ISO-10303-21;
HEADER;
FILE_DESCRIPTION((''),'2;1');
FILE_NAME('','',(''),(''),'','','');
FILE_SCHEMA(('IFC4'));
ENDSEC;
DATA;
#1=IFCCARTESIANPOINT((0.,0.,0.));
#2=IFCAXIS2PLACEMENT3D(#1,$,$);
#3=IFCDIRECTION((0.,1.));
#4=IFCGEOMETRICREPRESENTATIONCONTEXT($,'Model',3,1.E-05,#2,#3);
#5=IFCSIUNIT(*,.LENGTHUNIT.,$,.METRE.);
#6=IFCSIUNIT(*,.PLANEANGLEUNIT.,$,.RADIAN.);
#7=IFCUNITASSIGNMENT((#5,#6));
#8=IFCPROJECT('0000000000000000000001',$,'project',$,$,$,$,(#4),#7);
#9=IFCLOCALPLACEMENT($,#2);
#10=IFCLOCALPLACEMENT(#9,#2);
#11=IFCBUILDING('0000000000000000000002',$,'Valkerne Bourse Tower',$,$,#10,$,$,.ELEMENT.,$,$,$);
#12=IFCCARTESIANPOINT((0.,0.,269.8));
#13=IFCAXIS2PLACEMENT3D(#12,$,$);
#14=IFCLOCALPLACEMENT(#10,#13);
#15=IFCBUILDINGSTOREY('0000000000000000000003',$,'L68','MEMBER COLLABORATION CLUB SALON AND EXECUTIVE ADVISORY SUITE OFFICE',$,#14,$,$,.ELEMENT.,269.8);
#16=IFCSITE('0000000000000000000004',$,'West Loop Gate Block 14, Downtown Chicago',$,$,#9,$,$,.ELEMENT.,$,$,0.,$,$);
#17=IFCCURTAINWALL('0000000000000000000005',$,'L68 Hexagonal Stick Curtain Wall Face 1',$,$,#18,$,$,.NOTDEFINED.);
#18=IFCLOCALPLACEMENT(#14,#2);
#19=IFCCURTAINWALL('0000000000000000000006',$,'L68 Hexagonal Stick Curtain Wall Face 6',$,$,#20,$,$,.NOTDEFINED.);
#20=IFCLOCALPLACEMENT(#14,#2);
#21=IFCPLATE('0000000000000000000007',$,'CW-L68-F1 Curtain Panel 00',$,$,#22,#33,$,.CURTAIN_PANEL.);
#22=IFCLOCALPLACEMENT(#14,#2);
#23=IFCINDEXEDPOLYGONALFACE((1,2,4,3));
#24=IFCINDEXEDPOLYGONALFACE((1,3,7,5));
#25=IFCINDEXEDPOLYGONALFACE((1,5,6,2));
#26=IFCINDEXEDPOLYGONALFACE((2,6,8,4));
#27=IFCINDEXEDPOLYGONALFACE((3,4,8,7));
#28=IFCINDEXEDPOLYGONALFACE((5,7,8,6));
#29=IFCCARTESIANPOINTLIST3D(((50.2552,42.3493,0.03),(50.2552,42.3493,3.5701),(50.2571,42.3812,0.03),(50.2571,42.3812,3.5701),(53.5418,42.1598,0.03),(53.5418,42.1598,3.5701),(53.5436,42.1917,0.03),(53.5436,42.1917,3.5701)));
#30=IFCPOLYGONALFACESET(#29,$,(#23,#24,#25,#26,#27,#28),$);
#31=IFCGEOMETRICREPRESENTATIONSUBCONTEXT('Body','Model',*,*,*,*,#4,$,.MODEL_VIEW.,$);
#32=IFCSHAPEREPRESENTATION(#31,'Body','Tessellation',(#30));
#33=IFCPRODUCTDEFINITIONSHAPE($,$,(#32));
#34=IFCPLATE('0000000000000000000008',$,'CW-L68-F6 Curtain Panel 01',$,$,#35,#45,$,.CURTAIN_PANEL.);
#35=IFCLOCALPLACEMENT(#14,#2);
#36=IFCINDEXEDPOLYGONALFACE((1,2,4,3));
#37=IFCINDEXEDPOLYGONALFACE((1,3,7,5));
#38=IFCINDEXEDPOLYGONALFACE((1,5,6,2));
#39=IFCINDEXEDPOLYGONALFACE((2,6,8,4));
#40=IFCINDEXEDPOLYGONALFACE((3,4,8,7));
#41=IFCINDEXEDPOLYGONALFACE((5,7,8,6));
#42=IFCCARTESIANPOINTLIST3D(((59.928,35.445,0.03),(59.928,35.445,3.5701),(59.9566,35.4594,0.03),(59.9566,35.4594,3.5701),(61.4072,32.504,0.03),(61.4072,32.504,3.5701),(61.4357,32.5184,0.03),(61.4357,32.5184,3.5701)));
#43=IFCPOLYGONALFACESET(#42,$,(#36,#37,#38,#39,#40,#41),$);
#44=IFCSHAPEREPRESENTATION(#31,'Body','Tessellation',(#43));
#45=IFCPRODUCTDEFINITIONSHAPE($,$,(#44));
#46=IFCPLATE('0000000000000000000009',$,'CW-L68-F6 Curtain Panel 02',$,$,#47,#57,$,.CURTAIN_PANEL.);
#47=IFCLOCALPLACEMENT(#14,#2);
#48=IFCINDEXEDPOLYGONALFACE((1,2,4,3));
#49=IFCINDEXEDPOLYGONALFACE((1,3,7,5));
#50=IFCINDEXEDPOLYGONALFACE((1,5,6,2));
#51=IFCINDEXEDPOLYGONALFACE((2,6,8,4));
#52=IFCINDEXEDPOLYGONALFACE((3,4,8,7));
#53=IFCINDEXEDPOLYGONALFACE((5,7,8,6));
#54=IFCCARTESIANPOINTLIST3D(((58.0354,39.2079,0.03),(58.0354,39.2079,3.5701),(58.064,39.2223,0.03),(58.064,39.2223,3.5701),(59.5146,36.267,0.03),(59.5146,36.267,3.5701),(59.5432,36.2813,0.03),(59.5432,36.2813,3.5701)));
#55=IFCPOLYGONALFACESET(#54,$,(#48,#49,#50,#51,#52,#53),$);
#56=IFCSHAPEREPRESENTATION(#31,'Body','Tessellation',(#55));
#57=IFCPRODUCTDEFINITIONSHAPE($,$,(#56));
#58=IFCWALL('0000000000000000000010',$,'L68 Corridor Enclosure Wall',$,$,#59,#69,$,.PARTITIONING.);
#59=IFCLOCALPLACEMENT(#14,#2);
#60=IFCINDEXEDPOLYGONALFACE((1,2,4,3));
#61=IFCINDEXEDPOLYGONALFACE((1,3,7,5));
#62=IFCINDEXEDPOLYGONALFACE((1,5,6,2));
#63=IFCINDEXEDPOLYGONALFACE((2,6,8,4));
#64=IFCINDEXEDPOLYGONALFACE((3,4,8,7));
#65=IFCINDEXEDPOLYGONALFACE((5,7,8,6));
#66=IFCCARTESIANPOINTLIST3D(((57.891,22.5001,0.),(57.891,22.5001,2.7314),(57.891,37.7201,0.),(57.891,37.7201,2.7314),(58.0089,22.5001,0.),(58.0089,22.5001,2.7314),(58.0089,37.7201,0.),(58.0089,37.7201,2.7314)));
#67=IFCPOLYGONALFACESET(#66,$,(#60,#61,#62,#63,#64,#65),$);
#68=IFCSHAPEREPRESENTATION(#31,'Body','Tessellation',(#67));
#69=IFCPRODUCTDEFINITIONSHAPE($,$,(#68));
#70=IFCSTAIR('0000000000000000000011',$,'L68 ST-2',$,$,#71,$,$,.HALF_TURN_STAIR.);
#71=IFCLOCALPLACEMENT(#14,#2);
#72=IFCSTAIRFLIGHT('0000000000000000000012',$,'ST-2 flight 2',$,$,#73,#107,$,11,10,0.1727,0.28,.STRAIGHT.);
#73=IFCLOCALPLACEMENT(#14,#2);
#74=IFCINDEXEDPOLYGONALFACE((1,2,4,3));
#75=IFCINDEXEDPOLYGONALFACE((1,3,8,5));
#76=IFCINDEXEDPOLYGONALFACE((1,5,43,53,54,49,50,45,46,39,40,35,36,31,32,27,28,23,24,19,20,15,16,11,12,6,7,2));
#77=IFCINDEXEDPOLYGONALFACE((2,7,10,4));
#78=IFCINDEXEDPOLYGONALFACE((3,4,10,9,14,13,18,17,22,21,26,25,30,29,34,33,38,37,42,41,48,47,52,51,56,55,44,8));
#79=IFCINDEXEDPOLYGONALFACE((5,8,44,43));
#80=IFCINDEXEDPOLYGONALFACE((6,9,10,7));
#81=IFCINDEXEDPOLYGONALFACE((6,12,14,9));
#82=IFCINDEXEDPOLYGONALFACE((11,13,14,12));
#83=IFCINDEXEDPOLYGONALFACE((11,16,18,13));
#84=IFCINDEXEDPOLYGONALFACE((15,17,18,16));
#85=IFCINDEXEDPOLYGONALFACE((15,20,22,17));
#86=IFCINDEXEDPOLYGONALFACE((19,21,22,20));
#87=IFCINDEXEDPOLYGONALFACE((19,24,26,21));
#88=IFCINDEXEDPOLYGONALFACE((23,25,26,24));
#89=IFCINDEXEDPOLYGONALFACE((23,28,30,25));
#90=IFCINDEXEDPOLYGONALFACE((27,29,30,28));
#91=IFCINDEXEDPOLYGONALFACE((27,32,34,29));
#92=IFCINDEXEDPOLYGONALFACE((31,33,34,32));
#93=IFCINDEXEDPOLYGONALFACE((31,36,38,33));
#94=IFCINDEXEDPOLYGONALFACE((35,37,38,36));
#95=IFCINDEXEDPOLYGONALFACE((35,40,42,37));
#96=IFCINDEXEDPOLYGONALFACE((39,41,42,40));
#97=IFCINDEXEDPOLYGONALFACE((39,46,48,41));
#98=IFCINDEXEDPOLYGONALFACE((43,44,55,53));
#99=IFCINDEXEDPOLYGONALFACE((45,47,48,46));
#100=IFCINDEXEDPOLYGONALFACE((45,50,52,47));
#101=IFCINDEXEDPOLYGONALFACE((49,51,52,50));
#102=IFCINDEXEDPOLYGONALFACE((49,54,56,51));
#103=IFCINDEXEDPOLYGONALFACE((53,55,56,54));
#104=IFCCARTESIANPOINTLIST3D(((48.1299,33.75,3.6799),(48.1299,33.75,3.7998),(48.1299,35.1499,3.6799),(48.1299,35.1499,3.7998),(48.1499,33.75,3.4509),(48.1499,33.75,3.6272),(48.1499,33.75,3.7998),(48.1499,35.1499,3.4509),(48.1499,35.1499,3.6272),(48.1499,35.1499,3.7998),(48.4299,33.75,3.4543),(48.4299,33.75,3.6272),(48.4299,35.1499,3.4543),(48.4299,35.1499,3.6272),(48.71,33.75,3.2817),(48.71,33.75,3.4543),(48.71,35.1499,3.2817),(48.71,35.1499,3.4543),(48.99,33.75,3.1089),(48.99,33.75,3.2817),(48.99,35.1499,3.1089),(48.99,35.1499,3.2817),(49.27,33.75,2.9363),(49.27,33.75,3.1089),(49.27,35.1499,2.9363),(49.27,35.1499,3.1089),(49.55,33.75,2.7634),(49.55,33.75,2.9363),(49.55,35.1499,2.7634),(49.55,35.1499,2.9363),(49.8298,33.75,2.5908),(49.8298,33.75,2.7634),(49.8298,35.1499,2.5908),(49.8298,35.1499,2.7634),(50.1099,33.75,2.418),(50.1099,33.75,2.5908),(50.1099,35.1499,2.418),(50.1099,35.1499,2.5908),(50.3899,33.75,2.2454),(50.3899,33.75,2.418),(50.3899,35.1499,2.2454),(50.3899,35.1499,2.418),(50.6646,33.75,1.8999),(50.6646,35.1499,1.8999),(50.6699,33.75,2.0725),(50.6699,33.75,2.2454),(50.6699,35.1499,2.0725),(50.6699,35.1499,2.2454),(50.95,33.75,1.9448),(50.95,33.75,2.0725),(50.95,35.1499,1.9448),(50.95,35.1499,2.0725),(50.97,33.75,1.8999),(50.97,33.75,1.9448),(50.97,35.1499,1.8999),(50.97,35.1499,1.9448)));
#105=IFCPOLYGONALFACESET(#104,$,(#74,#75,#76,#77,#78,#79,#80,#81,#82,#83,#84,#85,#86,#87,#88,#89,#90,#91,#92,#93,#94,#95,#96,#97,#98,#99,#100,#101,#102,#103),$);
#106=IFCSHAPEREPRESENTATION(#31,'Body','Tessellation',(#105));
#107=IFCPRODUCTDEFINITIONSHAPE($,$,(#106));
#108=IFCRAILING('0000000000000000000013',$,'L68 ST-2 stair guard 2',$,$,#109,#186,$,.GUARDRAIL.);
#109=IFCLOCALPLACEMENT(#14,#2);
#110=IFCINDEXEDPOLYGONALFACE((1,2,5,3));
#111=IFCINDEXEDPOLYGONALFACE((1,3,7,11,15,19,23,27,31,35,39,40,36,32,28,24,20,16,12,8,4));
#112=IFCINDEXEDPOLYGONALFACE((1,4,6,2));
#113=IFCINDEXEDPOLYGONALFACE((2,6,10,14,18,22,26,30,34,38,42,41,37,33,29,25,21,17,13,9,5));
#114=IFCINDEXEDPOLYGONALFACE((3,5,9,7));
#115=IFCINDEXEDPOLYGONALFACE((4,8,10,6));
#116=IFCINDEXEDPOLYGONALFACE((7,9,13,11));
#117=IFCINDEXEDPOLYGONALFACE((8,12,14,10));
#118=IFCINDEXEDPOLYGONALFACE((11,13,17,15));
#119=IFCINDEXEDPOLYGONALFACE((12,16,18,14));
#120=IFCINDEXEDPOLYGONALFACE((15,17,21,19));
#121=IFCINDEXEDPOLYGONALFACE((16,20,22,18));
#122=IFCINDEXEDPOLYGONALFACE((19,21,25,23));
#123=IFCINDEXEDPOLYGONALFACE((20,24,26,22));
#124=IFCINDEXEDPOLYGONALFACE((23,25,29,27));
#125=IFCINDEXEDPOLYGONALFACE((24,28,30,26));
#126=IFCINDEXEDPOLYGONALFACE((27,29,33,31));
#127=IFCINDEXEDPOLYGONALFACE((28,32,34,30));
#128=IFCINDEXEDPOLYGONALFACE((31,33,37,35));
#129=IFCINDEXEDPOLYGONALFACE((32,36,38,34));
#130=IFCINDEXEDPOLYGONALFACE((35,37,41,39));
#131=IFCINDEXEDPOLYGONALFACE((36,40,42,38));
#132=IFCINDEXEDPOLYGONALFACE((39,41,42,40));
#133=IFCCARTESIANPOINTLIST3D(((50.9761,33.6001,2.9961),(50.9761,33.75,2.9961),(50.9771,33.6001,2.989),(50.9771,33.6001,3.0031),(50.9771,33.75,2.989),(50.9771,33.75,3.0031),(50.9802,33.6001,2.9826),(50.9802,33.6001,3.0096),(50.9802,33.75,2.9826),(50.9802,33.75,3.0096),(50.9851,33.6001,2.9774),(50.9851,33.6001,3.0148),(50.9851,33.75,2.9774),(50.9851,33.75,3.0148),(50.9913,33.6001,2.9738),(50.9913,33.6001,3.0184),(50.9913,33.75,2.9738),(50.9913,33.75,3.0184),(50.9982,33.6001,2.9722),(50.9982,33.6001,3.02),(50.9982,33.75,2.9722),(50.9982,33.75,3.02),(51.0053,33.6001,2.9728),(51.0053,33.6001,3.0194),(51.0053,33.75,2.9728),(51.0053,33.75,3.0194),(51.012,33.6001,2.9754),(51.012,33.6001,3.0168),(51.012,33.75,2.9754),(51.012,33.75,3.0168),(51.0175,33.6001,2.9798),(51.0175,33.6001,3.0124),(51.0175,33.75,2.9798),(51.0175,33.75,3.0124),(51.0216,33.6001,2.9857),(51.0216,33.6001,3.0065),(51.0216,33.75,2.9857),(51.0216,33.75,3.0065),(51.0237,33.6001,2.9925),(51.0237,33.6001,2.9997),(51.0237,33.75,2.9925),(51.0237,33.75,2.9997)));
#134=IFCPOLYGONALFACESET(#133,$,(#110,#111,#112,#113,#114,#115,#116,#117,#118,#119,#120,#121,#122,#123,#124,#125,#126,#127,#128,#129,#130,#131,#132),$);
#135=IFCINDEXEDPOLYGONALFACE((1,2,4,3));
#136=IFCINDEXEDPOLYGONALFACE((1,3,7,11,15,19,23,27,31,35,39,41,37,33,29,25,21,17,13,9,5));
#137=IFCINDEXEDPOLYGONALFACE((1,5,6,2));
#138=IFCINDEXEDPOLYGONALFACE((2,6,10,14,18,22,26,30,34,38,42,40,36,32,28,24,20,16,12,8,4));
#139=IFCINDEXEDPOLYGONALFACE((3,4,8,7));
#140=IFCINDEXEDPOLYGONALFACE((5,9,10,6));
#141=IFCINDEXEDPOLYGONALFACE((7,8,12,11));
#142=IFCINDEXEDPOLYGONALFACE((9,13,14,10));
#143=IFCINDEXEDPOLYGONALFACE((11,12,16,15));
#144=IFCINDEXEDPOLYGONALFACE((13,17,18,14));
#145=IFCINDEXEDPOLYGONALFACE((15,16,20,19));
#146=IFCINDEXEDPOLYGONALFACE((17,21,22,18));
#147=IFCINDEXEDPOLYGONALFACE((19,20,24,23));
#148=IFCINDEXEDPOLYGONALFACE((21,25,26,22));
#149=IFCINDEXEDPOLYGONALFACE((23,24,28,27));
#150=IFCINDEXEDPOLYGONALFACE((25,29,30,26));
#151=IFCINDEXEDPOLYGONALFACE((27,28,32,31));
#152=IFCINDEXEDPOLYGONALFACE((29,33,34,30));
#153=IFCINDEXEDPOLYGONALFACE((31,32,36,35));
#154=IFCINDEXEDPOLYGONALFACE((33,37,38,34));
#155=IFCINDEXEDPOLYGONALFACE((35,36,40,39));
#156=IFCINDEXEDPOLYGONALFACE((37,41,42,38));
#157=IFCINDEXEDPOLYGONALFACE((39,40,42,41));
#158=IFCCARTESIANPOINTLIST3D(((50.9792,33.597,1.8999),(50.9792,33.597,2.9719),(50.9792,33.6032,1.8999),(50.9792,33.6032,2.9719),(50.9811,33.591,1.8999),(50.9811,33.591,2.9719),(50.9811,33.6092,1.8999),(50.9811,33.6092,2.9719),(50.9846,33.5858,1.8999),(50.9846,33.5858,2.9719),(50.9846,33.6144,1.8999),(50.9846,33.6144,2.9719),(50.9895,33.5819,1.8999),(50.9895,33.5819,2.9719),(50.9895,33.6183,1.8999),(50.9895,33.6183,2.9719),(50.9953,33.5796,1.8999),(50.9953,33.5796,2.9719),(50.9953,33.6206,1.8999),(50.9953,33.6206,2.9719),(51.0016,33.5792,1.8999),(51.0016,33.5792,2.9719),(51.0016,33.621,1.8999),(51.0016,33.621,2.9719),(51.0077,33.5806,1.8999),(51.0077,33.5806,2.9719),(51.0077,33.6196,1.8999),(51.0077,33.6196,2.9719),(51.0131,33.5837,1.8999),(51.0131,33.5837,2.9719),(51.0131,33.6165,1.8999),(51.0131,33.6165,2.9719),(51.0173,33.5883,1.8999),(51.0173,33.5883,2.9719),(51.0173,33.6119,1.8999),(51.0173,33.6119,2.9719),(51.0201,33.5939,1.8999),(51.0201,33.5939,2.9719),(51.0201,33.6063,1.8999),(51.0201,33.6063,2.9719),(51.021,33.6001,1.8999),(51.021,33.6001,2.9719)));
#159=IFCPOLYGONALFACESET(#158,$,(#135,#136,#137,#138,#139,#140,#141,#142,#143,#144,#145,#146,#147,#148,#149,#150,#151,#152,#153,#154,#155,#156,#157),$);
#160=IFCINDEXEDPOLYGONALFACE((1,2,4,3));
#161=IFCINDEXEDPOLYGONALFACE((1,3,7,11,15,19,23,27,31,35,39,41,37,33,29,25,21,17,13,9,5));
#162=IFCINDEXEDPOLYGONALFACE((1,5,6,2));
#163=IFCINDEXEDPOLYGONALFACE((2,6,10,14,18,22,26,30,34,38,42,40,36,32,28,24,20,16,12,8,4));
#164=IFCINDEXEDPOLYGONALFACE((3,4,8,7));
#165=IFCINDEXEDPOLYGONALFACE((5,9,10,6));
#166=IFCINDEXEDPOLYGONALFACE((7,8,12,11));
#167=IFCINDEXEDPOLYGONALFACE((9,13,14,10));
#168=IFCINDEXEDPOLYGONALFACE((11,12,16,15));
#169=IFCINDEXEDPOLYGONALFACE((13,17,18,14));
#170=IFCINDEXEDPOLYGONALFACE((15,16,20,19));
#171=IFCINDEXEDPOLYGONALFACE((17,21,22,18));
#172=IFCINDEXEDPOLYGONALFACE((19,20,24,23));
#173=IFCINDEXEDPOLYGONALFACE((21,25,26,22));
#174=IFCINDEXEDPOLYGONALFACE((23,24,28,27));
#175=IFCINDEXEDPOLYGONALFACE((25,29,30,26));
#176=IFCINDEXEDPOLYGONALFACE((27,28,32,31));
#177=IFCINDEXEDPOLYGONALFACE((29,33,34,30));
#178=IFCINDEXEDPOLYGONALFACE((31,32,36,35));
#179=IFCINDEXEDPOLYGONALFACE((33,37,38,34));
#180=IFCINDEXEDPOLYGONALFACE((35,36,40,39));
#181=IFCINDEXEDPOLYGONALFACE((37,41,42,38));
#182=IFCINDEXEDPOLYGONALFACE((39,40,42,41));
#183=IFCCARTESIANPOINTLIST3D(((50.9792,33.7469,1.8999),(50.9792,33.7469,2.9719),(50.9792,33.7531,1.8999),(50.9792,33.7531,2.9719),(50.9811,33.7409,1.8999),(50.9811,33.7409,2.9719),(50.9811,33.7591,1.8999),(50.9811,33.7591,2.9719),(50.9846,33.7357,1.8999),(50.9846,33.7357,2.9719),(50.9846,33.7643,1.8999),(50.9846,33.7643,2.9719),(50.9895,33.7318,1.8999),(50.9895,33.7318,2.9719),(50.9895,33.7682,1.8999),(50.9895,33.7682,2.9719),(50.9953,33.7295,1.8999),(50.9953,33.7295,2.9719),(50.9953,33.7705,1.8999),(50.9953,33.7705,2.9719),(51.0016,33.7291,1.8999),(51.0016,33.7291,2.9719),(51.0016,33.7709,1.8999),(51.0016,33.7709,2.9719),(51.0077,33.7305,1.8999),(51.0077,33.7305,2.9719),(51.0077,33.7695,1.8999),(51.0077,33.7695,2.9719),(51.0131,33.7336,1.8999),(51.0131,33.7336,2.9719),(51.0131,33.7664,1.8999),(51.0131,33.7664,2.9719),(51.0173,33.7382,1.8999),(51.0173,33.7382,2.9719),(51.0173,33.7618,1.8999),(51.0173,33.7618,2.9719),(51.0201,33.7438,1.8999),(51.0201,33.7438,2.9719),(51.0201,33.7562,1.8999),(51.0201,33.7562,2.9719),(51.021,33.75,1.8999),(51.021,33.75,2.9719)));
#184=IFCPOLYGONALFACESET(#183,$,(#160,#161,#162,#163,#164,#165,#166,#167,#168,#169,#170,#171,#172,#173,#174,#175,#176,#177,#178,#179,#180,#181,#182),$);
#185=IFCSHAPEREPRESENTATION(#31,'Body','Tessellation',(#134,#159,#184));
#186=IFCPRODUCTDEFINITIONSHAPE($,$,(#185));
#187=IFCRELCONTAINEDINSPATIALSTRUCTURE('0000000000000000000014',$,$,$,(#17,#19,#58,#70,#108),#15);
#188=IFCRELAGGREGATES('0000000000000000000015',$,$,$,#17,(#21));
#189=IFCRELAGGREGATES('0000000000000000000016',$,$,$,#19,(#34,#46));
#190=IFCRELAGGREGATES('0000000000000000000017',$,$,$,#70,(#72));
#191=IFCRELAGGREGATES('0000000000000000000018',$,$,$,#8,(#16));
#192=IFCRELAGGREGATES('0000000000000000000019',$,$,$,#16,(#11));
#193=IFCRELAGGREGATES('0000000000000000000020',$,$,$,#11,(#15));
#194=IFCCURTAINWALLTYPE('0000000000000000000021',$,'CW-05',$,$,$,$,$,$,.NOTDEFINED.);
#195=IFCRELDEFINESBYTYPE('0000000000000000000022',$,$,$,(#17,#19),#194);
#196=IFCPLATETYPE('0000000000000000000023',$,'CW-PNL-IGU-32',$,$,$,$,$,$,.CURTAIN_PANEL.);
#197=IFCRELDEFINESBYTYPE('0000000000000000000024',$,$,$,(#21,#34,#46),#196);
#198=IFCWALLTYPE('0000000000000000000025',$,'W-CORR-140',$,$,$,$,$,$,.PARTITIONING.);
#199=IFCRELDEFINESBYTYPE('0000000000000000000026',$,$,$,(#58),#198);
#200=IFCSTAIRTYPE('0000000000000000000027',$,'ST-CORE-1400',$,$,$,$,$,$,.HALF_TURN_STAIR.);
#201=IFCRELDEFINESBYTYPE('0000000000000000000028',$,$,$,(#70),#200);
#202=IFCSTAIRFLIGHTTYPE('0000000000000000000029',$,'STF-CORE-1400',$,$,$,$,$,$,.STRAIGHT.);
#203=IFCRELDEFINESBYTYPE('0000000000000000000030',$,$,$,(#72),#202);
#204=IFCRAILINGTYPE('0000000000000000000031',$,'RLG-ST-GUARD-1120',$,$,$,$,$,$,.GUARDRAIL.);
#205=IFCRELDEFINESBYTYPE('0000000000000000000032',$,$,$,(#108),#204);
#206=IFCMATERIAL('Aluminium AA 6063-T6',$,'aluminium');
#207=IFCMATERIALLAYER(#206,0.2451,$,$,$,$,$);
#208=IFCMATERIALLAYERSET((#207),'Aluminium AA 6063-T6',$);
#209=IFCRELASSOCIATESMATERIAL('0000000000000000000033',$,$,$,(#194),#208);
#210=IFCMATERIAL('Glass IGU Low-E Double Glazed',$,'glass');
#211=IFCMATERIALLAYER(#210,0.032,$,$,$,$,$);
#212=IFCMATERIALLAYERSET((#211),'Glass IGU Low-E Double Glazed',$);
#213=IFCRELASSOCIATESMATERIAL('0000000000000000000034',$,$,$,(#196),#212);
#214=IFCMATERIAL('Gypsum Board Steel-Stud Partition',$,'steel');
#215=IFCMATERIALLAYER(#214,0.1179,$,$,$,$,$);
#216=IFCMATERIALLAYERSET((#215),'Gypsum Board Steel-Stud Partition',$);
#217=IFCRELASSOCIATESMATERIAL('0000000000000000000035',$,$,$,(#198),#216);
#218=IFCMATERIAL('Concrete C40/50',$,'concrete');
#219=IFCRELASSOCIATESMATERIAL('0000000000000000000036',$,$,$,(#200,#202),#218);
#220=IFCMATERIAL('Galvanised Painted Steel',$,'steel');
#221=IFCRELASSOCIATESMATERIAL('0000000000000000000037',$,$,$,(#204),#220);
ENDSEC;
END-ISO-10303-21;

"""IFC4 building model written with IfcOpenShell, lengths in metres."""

from ifc_helpers import new_model, si_unit, direction, frame, frame_2d, origin, origin_2d, place, context, subcontext, project, spatial, polyline, rectangle, circle, outline, extrude, material, layer, layer_set, type_object, element, aggregate, save


model = new_model("IFC4")

# Units and contexts
model_context = context("Model", 3, precision=1e-05, world=origin(), true_north=direction((0.0, 1.0)))
body_context = subcontext(model_context, "Body", "Model", "MODEL_VIEW")
ifc_project = project(units=[si_unit("LENGTHUNIT", "METRE"), si_unit("PLANEANGLEUNIT", "RADIAN")], contexts=[model_context])

# Site, building, storey
site_placement = place(None, origin())
site = spatial("IfcSite", under=ifc_project, at=site_placement, Name="West Loop Gate Block 14, Downtown Chicago", CompositionType="ELEMENT", RefElevation=0.0)
building_placement = place(site_placement, origin())
building = spatial("IfcBuilding", under=site, at=building_placement, Name="Valkerne Bourse Tower", CompositionType="ELEMENT")
storey_placement = place(building_placement, frame((0.0, 0.0, 269.8)))
storey = spatial("IfcBuildingStorey", under=building, at=storey_placement, Name="L68", Description="MEMBER COLLABORATION CLUB SALON AND EXECUTIVE ADVISORY SUITE OFFICE", CompositionType="ELEMENT", Elevation=269.8)

# Curtain wall
ifc_material_1 = material(Name="Aluminium AA 6063-T6", Category="aluminium")
ifc_layer_1 = layer(ifc_material_1, 0.2451)
ifc_layer_set_1 = layer_set([ifc_layer_1], Name="Aluminium AA 6063-T6")
curtain_wall_type = type_object("IfcCurtainWallType", Name="CW-05", PredefinedType="NOTDEFINED", material=ifc_layer_set_1)
curtain_wall_1_placement = place(storey_placement, origin())
curtain_wall_1 = element("IfcCurtainWall", 1, at=curtain_wall_1_placement, inside=storey, type_object=curtain_wall_type, Name="L68 Hexagonal Stick Curtain Wall Face 1", PredefinedType="NOTDEFINED")

# Curtain wall
curtain_wall_2_placement = place(storey_placement, origin())
curtain_wall_2 = element("IfcCurtainWall", 2, at=curtain_wall_2_placement, inside=storey, type_object=curtain_wall_type, Name="L68 Hexagonal Stick Curtain Wall Face 6", PredefinedType="NOTDEFINED")

# Plates
ifc_material_2 = material(Name="Glass IGU Low-E Double Glazed", Category="glass")
ifc_layer_2 = layer(ifc_material_2, 0.032)
ifc_layer_set_2 = layer_set([ifc_layer_2], Name="Glass IGU Low-E Double Glazed")
plate_type = type_object("IfcPlateType", Name="CW-PNL-IGU-32", PredefinedType="CURTAIN_PANEL", material=ifc_layer_set_2)
plate_1_placement = place(storey_placement, frame((51.8994, 42.2705, 0.03), z_axis=(0.0, 0.0, 1.0), x_axis=(-0.998343, 0.05755, 0.0)))
plate_1 = element("IfcPlate", 3, at=plate_1_placement, type_object=plate_type, Name="CW-L68-F1 Curtain Panel 00", PredefinedType="CURTAIN_PANEL", context=body_context, shape_type="SweptSolid", body=[
    extrude(rectangle(XDim=3.292, YDim=0.032, at=origin_2d()), origin(), (0.0, 0.0, 1.0), 3.54),
])
aggregate(curtain_wall_1, [plate_1])
plate_2_placement = place(storey_placement, frame((60.6819, 33.9817, 0.03), z_axis=(0.0, 0.0, 1.0), x_axis=(-0.449311, 0.893375, 0.0)))
plate_2 = element("IfcPlate", 4, at=plate_2_placement, type_object=plate_type, Name="CW-L68-F6 Curtain Panel 01", PredefinedType="CURTAIN_PANEL", context=body_context, shape_type="SweptSolid", body=[
    extrude(rectangle(XDim=3.292, YDim=0.032, at=origin_2d()), origin(), (0.0, 0.0, 1.0), 3.54),
])
plate_3_placement = place(storey_placement, frame((58.7893, 37.7446, 0.03), z_axis=(0.0, 0.0, 1.0), x_axis=(-0.44933, 0.893366, 0.0)))
plate_3 = element("IfcPlate", 5, at=plate_3_placement, type_object=plate_type, Name="CW-L68-F6 Curtain Panel 02", PredefinedType="CURTAIN_PANEL", context=body_context, shape_type="SweptSolid", body=[
    extrude(rectangle(XDim=3.292, YDim=0.032, at=origin_2d()), origin(), (0.0, 0.0, 1.0), 3.54),
])
aggregate(curtain_wall_2, [plate_2, plate_3])

# Wall
ifc_material_3 = material(Name="Gypsum Board Steel-Stud Partition", Category="steel")
ifc_layer_3 = layer(ifc_material_3, 0.1179)
ifc_layer_set_3 = layer_set([ifc_layer_3], Name="Gypsum Board Steel-Stud Partition")
wall_type = type_object("IfcWallType", Name="W-CORR-140", PredefinedType="PARTITIONING", material=ifc_layer_set_3)
wall_placement = place(storey_placement, frame((57.95, 37.72, 0.0), z_axis=(0.0, 0.0, 1.0), x_axis=(0.0, -1.0, 0.0)))
element("IfcWall", 6, at=wall_placement, inside=storey, type_object=wall_type, Name="L68 Corridor Enclosure Wall", PredefinedType="PARTITIONING", context=body_context, shape_type="SweptSolid", body=[
    extrude(rectangle(XDim=15.22, YDim=0.1179, at=frame_2d((7.6099, 0.0))), origin(), (0.0, 0.0, 1.0), 2.7314),
])

# Stair, stair flight
ifc_material_4 = material(Name="Concrete C40/50", Category="concrete")
stair_type = type_object("IfcStairType", Name="ST-CORE-1400", PredefinedType="HALF_TURN_STAIR", material=ifc_material_4)
stair_placement = place(storey_placement, origin())
stair = element("IfcStair", 7, at=stair_placement, inside=storey, type_object=stair_type, Name="L68 ST-2", PredefinedType="HALF_TURN_STAIR")
stair_flight_type = type_object("IfcStairFlightType", Name="STF-CORE-1400", PredefinedType="STRAIGHT", material=ifc_material_4)
stair_flight_placement = place(storey_placement, frame((50.95, 34.45, 1.8999), z_axis=(0.0, 0.0, 1.0), x_axis=(-1.0, 0.0, 0.0)))
stair_flight = element("IfcStairFlight", 8, at=stair_flight_placement, type_object=stair_flight_type, Name="ST-2 flight 2", NumberOfRisers=11, NumberOfTreads=10, PredefinedType="STRAIGHT", RiserHeight=0.1727, TreadLength=0.28, context=body_context, shape_type="SweptSolid", body=[
    extrude(outline(polyline([(-0.02, 0.0), (-0.02, 0.0449), (0.0, 0.0449), (0.0, 0.1726), (0.28, 0.1726), (0.28, 0.3455), (0.5601, 0.3455), (0.5601, 0.5181), (0.8401, 0.5181), (0.8401, 0.6909), (1.1201, 0.6909), (1.1201, 0.8635), (1.3999, 0.8635), (1.3999, 1.0364), (1.6799, 1.0364), (1.6799, 1.209), (1.96, 1.209), (1.96, 1.3818), (2.24, 1.3818), (2.24, 1.5544), (2.52, 1.5544), (2.52, 1.7273), (2.8, 1.7273), (2.8, 1.8999), (2.8201, 1.8999), (2.8201, 1.78), (2.8, 1.551), (0.2854, 0.0), (-0.02, 0.0)])), frame((0.0, 0.7, 0.0), z_axis=(0.0, -1.0, 0.0), x_axis=(1.0, 0.0, 0.0)), (0.0, 0.0, 1.0), 1.3999),
])
aggregate(stair, [stair_flight])

# Railing
ifc_material_5 = material(Name="Galvanised Painted Steel", Category="steel")
railing_type_1 = type_object("IfcRailingType", Name="RLG-ST-GUARD-1120", PredefinedType="GUARDRAIL", material=ifc_material_5)
railing_1_placement = place(storey_placement, frame((51.0, 33.6001, 1.8999)))
element("IfcRailing", 9, at=railing_1_placement, inside=storey, type_object=railing_type_1, Name="L68 ST-2 stair guard 2", PredefinedType="GUARDRAIL", context=body_context, shape_type="SweptSolid", body=[
    extrude(circle(Radius=0.0239, at=origin_2d()), frame((0.0, 0.0, 1.0962), z_axis=(0.0, 1.0, 0.0), x_axis=(-1.0, 0.0, 0.0)), (0.0, 0.0, 1.0), 0.1499),
    extrude(circle(Radius=0.021, at=origin_2d()), origin(), (0.0, 0.0, 1.0), 1.072),
    extrude(circle(Radius=0.021, at=origin_2d()), frame((0.0, 0.1499, 0.0)), (0.0, 0.0, 1.0), 1.072),
])

save(model, "model.ifc")
